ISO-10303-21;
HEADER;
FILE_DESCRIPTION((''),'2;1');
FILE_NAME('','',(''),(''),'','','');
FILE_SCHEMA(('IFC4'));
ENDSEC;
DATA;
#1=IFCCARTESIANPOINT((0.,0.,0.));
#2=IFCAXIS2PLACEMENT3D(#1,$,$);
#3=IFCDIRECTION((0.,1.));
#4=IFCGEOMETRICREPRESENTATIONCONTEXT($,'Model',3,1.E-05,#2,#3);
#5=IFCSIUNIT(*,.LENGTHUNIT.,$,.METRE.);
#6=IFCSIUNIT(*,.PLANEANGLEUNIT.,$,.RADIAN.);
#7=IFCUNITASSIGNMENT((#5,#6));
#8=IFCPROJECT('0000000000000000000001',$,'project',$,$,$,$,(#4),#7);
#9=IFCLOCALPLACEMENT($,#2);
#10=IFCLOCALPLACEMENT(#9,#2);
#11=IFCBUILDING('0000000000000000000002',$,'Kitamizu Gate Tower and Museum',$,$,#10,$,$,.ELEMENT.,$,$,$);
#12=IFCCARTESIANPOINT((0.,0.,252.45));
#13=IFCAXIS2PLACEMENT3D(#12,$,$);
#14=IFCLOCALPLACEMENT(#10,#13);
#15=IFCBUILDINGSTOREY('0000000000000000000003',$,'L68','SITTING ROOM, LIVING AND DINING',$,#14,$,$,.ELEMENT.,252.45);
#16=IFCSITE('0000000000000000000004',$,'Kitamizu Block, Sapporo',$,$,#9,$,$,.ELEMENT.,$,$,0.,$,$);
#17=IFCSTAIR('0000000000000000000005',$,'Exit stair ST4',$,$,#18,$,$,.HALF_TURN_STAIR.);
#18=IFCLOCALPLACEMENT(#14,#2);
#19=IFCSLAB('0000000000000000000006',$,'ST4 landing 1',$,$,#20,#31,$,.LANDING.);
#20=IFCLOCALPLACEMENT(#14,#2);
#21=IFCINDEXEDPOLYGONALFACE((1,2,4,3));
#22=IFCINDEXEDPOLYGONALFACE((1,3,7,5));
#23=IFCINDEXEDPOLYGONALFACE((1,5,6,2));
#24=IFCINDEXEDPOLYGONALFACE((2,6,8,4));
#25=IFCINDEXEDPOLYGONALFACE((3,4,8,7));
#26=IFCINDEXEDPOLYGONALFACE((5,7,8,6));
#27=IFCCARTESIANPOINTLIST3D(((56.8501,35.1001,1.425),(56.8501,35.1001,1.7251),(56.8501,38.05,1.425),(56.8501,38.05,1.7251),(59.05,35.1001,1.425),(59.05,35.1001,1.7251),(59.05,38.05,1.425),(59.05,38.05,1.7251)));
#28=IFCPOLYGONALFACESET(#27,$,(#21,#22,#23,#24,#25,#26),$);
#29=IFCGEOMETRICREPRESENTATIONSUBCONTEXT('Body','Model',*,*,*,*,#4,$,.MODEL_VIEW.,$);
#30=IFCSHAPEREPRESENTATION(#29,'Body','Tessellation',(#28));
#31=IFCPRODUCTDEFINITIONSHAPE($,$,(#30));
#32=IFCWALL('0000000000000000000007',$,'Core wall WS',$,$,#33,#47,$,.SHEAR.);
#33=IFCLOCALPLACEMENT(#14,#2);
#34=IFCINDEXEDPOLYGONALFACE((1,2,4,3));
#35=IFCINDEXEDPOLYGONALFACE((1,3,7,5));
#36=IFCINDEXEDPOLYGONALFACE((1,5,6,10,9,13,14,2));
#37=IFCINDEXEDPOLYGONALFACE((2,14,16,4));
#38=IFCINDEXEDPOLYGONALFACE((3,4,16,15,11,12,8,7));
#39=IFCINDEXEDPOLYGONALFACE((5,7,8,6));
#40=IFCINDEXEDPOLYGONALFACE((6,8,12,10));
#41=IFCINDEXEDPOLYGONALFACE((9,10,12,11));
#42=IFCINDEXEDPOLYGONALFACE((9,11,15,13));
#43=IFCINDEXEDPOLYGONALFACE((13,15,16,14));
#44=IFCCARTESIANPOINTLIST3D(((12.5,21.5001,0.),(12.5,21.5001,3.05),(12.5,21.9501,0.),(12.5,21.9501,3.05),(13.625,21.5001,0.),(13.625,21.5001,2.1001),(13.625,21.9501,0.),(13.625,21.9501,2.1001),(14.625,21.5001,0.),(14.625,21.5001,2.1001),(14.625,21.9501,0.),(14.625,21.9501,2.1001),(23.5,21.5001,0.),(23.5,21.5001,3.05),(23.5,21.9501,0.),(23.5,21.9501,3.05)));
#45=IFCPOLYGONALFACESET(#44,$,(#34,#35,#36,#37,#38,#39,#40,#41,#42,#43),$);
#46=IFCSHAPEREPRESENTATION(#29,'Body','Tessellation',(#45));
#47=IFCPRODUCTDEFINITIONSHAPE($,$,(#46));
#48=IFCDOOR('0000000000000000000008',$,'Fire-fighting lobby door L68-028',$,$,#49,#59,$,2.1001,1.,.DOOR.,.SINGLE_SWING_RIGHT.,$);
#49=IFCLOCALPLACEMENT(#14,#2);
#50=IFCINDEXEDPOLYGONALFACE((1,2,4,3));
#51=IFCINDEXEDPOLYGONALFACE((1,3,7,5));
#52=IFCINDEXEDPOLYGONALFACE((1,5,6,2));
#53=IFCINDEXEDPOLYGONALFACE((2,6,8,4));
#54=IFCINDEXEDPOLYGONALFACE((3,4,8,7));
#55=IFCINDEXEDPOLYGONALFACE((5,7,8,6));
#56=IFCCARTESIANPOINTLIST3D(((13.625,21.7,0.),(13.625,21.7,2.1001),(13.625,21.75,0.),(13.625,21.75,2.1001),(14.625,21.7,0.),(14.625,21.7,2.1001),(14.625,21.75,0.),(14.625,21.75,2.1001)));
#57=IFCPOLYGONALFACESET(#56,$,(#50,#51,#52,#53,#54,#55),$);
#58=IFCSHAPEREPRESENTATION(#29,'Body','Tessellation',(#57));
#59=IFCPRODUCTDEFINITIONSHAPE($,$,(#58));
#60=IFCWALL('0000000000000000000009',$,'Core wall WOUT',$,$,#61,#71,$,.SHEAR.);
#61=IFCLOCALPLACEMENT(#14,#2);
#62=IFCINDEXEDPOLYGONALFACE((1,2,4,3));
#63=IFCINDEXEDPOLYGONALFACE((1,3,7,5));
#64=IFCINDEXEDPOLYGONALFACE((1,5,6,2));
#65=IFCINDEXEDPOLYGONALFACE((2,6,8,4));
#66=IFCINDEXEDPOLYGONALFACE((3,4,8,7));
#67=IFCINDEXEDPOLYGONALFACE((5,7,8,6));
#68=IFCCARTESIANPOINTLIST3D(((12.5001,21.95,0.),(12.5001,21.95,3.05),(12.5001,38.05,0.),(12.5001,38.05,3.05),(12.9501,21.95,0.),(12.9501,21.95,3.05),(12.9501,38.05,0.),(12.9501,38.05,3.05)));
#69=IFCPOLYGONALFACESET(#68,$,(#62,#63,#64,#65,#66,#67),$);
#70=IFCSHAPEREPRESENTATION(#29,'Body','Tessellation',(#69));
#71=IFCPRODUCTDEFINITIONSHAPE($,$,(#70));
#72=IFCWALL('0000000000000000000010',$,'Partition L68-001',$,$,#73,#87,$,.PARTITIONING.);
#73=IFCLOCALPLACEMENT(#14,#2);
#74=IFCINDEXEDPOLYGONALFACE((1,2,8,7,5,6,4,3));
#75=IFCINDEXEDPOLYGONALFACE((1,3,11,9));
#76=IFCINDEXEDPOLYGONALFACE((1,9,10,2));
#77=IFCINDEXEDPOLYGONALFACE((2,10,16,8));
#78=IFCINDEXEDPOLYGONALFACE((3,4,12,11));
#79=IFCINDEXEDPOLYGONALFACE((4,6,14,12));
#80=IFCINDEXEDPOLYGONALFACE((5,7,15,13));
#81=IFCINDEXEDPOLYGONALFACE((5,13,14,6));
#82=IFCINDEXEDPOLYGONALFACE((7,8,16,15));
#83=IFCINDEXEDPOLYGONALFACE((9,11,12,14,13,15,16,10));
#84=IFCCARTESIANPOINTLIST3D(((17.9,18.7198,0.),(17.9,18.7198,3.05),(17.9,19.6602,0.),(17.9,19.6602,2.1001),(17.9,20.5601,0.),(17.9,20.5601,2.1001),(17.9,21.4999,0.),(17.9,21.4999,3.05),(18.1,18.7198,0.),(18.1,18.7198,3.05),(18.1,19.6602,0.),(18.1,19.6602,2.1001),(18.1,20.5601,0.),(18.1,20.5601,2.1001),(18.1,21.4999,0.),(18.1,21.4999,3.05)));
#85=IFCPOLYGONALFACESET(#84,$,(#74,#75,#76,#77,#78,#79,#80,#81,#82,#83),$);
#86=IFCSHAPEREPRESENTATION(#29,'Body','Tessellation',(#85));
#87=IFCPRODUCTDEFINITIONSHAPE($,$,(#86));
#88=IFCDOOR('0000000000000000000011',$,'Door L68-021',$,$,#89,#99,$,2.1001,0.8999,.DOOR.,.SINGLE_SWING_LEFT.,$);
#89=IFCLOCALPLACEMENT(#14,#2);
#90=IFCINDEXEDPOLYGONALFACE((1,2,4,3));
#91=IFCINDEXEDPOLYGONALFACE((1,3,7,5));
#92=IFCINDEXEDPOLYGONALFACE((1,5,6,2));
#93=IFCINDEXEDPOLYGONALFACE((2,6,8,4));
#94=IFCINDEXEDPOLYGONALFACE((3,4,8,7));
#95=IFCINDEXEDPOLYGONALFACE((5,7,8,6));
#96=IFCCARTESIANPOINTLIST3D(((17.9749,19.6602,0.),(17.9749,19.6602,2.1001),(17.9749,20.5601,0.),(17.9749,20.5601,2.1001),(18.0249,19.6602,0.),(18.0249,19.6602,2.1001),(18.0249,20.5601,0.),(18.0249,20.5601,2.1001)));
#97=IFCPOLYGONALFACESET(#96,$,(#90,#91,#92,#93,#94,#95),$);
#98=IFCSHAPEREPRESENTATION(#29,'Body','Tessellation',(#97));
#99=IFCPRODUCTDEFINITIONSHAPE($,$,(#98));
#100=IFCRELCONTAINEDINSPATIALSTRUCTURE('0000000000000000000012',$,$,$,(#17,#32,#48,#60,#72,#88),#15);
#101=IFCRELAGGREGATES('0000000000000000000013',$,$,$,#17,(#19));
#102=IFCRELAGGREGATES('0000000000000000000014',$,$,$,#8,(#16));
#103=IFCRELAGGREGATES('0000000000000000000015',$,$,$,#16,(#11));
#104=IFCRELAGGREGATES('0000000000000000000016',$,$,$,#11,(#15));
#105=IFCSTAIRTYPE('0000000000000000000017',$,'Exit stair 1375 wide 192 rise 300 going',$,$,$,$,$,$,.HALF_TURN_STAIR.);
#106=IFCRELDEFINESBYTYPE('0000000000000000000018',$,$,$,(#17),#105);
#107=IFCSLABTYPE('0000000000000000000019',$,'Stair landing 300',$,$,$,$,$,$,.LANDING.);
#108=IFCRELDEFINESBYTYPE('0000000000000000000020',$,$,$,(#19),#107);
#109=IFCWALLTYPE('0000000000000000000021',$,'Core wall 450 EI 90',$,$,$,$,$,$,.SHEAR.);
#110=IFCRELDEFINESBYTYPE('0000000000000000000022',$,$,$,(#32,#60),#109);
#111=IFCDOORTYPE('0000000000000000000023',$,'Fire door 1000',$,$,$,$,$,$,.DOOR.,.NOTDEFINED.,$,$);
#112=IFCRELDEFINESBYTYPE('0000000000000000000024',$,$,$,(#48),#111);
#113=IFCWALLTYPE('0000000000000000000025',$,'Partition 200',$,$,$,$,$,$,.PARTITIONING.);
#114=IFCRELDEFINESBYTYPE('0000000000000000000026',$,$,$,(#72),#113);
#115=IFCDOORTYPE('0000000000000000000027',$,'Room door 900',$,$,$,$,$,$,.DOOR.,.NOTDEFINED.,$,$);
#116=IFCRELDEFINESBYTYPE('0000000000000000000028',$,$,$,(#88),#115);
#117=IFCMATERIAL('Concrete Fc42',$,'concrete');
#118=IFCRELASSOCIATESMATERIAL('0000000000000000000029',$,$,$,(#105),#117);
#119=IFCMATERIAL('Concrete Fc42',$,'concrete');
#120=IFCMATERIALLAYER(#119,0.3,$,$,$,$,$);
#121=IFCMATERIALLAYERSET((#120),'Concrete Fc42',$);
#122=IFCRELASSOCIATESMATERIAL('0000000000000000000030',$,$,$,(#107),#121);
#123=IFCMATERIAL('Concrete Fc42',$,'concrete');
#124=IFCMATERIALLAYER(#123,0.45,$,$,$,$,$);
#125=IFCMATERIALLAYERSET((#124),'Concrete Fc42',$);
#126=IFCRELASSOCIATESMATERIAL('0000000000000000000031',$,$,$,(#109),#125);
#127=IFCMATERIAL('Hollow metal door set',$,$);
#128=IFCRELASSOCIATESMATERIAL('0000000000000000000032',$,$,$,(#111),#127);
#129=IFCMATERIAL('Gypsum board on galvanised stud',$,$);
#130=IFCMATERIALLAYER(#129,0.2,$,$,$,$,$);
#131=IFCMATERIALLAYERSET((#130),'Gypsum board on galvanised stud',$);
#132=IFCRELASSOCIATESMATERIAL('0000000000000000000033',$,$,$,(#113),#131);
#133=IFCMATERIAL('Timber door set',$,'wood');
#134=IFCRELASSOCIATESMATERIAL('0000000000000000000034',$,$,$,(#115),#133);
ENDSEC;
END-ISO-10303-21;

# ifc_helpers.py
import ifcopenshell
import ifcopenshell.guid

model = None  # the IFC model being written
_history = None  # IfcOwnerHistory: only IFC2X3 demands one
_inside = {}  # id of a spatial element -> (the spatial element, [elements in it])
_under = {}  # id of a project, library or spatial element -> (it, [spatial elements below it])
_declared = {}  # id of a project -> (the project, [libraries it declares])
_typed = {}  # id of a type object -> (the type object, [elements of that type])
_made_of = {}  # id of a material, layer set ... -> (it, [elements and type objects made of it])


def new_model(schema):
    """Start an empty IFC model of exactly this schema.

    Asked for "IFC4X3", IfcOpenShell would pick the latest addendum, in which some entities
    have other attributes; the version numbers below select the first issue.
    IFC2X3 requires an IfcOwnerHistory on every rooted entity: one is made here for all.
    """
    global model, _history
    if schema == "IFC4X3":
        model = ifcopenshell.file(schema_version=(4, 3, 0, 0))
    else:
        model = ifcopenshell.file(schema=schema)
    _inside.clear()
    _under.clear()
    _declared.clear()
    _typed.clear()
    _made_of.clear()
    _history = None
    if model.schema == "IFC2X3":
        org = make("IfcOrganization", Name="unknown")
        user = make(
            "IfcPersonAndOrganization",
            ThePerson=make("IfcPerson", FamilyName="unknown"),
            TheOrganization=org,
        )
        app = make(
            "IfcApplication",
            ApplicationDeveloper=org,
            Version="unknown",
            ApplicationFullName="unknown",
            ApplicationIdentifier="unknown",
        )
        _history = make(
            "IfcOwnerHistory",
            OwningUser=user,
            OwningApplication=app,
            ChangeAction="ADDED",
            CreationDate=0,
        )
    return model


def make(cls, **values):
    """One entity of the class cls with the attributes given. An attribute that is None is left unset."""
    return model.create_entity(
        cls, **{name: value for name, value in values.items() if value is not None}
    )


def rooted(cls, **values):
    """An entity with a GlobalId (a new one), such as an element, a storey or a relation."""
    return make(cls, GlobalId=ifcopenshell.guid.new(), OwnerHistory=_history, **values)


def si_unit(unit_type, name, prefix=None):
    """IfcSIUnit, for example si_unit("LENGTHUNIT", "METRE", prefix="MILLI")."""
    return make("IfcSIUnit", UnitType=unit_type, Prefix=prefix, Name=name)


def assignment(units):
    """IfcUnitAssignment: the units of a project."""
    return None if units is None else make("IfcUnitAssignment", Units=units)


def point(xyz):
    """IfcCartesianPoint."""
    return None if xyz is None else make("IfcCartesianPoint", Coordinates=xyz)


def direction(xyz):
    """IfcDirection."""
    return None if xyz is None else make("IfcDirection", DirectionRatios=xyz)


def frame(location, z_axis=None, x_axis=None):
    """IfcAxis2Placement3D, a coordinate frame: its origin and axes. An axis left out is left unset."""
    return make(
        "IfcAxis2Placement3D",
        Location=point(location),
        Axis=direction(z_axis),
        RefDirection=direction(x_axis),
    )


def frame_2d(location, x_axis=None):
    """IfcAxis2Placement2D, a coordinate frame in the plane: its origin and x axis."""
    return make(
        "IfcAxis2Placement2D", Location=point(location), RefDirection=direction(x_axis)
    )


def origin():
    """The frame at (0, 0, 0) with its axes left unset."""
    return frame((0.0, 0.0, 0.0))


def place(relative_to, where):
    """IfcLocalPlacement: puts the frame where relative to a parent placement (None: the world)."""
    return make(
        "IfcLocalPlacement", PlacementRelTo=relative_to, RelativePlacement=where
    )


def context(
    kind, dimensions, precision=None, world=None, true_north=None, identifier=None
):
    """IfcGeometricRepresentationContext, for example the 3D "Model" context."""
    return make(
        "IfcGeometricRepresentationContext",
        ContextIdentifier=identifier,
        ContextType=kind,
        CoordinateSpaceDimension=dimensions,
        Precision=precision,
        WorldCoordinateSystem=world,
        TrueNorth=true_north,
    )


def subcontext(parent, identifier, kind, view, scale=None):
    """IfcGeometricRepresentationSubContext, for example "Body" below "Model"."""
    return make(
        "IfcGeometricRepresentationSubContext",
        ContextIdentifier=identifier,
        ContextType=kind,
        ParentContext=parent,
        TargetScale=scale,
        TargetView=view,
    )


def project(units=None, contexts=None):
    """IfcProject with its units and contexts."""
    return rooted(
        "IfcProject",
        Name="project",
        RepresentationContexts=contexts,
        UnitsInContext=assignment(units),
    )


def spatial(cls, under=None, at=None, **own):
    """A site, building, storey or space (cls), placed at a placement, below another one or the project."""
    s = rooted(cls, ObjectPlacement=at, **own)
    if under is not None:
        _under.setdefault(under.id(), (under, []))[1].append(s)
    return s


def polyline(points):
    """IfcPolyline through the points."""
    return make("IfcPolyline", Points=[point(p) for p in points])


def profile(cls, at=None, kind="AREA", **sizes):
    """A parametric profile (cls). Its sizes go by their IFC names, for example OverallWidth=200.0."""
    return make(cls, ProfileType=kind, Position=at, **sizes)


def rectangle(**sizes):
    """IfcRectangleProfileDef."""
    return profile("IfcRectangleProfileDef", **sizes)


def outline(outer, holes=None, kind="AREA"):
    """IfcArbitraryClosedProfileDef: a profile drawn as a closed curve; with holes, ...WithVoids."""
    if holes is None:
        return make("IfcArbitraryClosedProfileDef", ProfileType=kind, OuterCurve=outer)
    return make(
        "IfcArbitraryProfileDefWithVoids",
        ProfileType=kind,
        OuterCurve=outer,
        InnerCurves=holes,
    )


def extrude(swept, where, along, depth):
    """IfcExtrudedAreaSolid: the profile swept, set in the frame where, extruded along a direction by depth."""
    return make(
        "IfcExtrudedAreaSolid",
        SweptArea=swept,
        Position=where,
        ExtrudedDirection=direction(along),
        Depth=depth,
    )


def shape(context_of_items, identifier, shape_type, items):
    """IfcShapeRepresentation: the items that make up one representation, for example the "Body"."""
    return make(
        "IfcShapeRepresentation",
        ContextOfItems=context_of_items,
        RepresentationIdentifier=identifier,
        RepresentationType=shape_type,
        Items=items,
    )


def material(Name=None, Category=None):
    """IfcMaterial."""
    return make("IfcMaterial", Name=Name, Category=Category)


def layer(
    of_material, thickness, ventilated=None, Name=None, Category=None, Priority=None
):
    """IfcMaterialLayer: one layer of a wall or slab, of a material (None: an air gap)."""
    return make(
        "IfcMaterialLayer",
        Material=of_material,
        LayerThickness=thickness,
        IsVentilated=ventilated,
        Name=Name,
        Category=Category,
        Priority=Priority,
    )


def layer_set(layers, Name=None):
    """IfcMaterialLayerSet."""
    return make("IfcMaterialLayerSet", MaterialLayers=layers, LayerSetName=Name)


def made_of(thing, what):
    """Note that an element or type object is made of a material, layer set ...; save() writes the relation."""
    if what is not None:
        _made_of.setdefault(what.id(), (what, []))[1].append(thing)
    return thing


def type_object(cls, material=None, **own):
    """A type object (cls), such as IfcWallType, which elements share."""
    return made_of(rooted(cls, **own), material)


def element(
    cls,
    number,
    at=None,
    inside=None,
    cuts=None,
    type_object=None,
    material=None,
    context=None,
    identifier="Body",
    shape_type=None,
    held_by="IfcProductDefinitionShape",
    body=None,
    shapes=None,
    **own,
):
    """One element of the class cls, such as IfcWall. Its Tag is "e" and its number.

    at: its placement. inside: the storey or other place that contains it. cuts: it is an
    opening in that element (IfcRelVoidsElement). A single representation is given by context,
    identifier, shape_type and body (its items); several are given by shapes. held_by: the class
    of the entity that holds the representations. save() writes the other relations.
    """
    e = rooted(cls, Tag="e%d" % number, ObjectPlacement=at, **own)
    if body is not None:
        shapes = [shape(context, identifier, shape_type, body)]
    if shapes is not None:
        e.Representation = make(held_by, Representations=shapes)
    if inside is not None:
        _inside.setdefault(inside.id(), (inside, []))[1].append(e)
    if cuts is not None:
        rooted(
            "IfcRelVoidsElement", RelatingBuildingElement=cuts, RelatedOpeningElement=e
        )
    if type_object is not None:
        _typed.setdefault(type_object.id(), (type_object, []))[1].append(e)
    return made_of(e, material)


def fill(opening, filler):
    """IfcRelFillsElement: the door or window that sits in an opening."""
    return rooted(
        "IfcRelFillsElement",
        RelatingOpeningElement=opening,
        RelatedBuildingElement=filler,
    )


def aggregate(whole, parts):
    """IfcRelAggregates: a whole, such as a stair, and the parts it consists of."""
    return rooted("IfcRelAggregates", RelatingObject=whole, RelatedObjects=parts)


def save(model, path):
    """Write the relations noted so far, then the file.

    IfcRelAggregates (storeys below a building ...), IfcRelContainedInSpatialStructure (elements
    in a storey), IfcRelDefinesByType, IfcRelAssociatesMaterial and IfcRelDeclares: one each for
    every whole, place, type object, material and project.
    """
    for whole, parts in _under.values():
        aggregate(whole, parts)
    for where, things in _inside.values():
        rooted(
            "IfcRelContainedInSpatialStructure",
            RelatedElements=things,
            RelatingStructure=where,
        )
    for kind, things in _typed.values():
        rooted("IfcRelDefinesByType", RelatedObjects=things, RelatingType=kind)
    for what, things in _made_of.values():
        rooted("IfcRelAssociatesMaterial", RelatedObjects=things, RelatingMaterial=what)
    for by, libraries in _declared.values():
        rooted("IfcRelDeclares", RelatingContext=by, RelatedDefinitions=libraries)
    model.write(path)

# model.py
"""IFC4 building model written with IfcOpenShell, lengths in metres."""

from ifc_helpers import new_model, si_unit, direction, frame, frame_2d, origin, place, context, subcontext, project, spatial, polyline, rectangle, outline, extrude, material, layer, layer_set, type_object, element, fill, aggregate, save


model = new_model("IFC4")

# Units and contexts
model_context = context("Model", 3, precision=1e-05, world=origin(), true_north=direction((0.0, 1.0)))
body_context = subcontext(model_context, "Body", "Model", "MODEL_VIEW")
ifc_project = project(units=[si_unit("LENGTHUNIT", "METRE"), si_unit("PLANEANGLEUNIT", "RADIAN")], contexts=[model_context])

# Site, building, storey
site_placement = place(None, origin())
site = spatial("IfcSite", under=ifc_project, at=site_placement, Name="Kitamizu Block, Sapporo", CompositionType="ELEMENT", RefElevation=0.0)
building_placement = place(site_placement, origin())
building = spatial("IfcBuilding", under=site, at=building_placement, Name="Kitamizu Gate Tower and Museum", CompositionType="ELEMENT")
storey_placement = place(building_placement, frame((0.0, 0.0, 252.45)))
storey = spatial("IfcBuildingStorey", under=building, at=storey_placement, Name="L68", Description="SITTING ROOM, LIVING AND DINING", CompositionType="ELEMENT", Elevation=252.45)

# Stair, slab
ifc_material_1 = material(Name="Concrete Fc42", Category="concrete")
stair_type = type_object("IfcStairType", Name="Exit stair 1375 wide 192 rise 300 going", PredefinedType="HALF_TURN_STAIR", material=ifc_material_1)
ifc_material_2 = material(Name="Concrete Fc42", Category="concrete")
ifc_layer_1 = layer(ifc_material_2, 0.3)
ifc_layer_set_1 = layer_set([ifc_layer_1], Name="Concrete Fc42")
slab_type_1 = type_object("IfcSlabType", Name="Stair landing 300", PredefinedType="LANDING", material=ifc_layer_set_1)
stair_1_placement = place(storey_placement, origin())
stair_1 = element("IfcStair", 1, at=stair_1_placement, inside=storey, type_object=stair_type, Name="Exit stair ST4", PredefinedType="HALF_TURN_STAIR")
slab_1_placement = place(storey_placement, frame((0.0, 0.0, 1.425)))
slab_1 = element("IfcSlab", 2, at=slab_1_placement, type_object=slab_type_1, Name="ST4 landing 1", PredefinedType="LANDING", context=body_context, shape_type="SweptSolid", body=[
    extrude(outline(polyline([(56.8501, 35.1001), (59.05, 35.1001), (59.05, 38.05), (56.8501, 38.05), (56.8501, 35.1001)])), origin(), (0.0, 0.0, 1.0), 0.3),
])
aggregate(stair_1, [slab_1])

# Wall, opening, door
ifc_material_3 = material(Name="Concrete Fc42", Category="concrete")
ifc_layer_2 = layer(ifc_material_3, 0.45)
ifc_layer_set_2 = layer_set([ifc_layer_2], Name="Concrete Fc42")
wall_type_1 = type_object("IfcWallType", Name="Core wall 450 EI 90", PredefinedType="SHEAR", material=ifc_layer_set_2)
wall_1_placement = place(storey_placement, frame((12.5, 21.7251, 0.0), z_axis=(0.0, 0.0, 1.0), x_axis=(1.0, 0.0, 0.0)))
wall_1 = element("IfcWall", 3, at=wall_1_placement, inside=storey, type_object=wall_type_1, Name="Core wall WS", PredefinedType="SHEAR", context=body_context, shape_type="SweptSolid", body=[
    extrude(rectangle(XDim=11.0, YDim=0.45, at=frame_2d((5.5, 0.0))), origin(), (0.0, 0.0, 1.0), 3.05),
])
opening_1_placement = place(wall_1_placement, frame((1.125, 0.0, 0.0)))
opening_1 = element("IfcOpeningElement", 4, at=opening_1_placement, cuts=wall_1, PredefinedType="OPENING", context=body_context, shape_type="SweptSolid", body=[
    extrude(rectangle(XDim=1.0, YDim=2.1001, at=frame_2d((0.5, 1.05))), frame((0.0, 0.2349, 0.0), z_axis=(0.0, -1.0, 0.0), x_axis=(1.0, 0.0, 0.0)), (0.0, 0.0, 1.0), 0.47),
])
ifc_material_4 = material(Name="Hollow metal door set")
door_type_1 = type_object("IfcDoorType", Name="Fire door 1000", OperationType="NOTDEFINED", PredefinedType="DOOR", material=ifc_material_4)
door_1_placement = place(opening_1_placement, origin())
door_1 = element("IfcDoor", 5, at=door_1_placement, inside=storey, type_object=door_type_1, Name="Fire-fighting lobby door L68-028", OperationType="SINGLE_SWING_RIGHT", OverallHeight=2.1001, OverallWidth=1.0, PredefinedType="DOOR", context=body_context, shape_type="SweptSolid", body=[
    extrude(rectangle(XDim=1.0, YDim=2.1001, at=frame_2d((0.5, 1.05))), frame((0.0, 0.0249, 0.0), z_axis=(0.0, -1.0, 0.0), x_axis=(1.0, 0.0, 0.0)), (0.0, 0.0, 1.0), 0.05),
])
fill(opening_1, door_1)

# Wall
wall_2_placement = place(storey_placement, frame((12.7251, 21.95, 0.0), z_axis=(0.0, 0.0, 1.0), x_axis=(0.0, 1.0, 0.0)))
element("IfcWall", 6, at=wall_2_placement, inside=storey, type_object=wall_type_1, Name="Core wall WOUT", PredefinedType="SHEAR", context=body_context, shape_type="SweptSolid", body=[
    extrude(rectangle(XDim=16.1001, YDim=0.45, at=frame_2d((8.05, 0.0))), origin(), (0.0, 0.0, 1.0), 3.05),
])

# Wall, opening, door
ifc_material_5 = material(Name="Gypsum board on galvanised stud")
ifc_layer_3 = layer(ifc_material_5, 0.2)
ifc_layer_set_3 = layer_set([ifc_layer_3], Name="Gypsum board on galvanised stud")
wall_type_2 = type_object("IfcWallType", Name="Partition 200", PredefinedType="PARTITIONING", material=ifc_layer_set_3)
wall_3_placement = place(storey_placement, frame((18.0, 21.5, 0.0), z_axis=(0.0, 0.0, 1.0), x_axis=(0.0, -1.0, 0.0)))
wall_3 = element("IfcWall", 7, at=wall_3_placement, inside=storey, type_object=wall_type_2, Name="Partition L68-001", PredefinedType="PARTITIONING", context=body_context, shape_type="SweptSolid", body=[
    extrude(rectangle(XDim=2.78, YDim=0.2, at=frame_2d((1.3901, 0.0))), origin(), (0.0, 0.0, 1.0), 3.05),
])
opening_2_placement = place(wall_3_placement, frame((0.9399, 0.0, 0.0)))
opening_2 = element("IfcOpeningElement", 8, at=opening_2_placement, cuts=wall_3, PredefinedType="OPENING", context=body_context, shape_type="SweptSolid", body=[
    extrude(rectangle(XDim=0.8999, YDim=2.1001, at=frame_2d((0.45, 1.05))), frame((0.0, 0.1099, 0.0), z_axis=(0.0, -1.0, 0.0), x_axis=(1.0, 0.0, 0.0)), (0.0, 0.0, 1.0), 0.22),
])
ifc_material_6 = material(Name="Timber door set", Category="wood")
door_type_2 = type_object("IfcDoorType", Name="Room door 900", OperationType="NOTDEFINED", PredefinedType="DOOR", material=ifc_material_6)
door_2_placement = place(opening_2_placement, origin())
door_2 = element("IfcDoor", 9, at=door_2_placement, inside=storey, type_object=door_type_2, Name="Door L68-021", OperationType="SINGLE_SWING_LEFT", OverallHeight=2.1001, OverallWidth=0.8999, PredefinedType="DOOR", context=body_context, shape_type="SweptSolid", body=[
    extrude(rectangle(XDim=0.8999, YDim=2.1001, at=frame_2d((0.45, 1.05))), frame((0.0, 0.0249, 0.0), z_axis=(0.0, -1.0, 0.0), x_axis=(1.0, 0.0, 0.0)), (0.0, 0.0, 1.0), 0.05),
])
fill(opening_2, door_2)

save(model, "model.ifc")
